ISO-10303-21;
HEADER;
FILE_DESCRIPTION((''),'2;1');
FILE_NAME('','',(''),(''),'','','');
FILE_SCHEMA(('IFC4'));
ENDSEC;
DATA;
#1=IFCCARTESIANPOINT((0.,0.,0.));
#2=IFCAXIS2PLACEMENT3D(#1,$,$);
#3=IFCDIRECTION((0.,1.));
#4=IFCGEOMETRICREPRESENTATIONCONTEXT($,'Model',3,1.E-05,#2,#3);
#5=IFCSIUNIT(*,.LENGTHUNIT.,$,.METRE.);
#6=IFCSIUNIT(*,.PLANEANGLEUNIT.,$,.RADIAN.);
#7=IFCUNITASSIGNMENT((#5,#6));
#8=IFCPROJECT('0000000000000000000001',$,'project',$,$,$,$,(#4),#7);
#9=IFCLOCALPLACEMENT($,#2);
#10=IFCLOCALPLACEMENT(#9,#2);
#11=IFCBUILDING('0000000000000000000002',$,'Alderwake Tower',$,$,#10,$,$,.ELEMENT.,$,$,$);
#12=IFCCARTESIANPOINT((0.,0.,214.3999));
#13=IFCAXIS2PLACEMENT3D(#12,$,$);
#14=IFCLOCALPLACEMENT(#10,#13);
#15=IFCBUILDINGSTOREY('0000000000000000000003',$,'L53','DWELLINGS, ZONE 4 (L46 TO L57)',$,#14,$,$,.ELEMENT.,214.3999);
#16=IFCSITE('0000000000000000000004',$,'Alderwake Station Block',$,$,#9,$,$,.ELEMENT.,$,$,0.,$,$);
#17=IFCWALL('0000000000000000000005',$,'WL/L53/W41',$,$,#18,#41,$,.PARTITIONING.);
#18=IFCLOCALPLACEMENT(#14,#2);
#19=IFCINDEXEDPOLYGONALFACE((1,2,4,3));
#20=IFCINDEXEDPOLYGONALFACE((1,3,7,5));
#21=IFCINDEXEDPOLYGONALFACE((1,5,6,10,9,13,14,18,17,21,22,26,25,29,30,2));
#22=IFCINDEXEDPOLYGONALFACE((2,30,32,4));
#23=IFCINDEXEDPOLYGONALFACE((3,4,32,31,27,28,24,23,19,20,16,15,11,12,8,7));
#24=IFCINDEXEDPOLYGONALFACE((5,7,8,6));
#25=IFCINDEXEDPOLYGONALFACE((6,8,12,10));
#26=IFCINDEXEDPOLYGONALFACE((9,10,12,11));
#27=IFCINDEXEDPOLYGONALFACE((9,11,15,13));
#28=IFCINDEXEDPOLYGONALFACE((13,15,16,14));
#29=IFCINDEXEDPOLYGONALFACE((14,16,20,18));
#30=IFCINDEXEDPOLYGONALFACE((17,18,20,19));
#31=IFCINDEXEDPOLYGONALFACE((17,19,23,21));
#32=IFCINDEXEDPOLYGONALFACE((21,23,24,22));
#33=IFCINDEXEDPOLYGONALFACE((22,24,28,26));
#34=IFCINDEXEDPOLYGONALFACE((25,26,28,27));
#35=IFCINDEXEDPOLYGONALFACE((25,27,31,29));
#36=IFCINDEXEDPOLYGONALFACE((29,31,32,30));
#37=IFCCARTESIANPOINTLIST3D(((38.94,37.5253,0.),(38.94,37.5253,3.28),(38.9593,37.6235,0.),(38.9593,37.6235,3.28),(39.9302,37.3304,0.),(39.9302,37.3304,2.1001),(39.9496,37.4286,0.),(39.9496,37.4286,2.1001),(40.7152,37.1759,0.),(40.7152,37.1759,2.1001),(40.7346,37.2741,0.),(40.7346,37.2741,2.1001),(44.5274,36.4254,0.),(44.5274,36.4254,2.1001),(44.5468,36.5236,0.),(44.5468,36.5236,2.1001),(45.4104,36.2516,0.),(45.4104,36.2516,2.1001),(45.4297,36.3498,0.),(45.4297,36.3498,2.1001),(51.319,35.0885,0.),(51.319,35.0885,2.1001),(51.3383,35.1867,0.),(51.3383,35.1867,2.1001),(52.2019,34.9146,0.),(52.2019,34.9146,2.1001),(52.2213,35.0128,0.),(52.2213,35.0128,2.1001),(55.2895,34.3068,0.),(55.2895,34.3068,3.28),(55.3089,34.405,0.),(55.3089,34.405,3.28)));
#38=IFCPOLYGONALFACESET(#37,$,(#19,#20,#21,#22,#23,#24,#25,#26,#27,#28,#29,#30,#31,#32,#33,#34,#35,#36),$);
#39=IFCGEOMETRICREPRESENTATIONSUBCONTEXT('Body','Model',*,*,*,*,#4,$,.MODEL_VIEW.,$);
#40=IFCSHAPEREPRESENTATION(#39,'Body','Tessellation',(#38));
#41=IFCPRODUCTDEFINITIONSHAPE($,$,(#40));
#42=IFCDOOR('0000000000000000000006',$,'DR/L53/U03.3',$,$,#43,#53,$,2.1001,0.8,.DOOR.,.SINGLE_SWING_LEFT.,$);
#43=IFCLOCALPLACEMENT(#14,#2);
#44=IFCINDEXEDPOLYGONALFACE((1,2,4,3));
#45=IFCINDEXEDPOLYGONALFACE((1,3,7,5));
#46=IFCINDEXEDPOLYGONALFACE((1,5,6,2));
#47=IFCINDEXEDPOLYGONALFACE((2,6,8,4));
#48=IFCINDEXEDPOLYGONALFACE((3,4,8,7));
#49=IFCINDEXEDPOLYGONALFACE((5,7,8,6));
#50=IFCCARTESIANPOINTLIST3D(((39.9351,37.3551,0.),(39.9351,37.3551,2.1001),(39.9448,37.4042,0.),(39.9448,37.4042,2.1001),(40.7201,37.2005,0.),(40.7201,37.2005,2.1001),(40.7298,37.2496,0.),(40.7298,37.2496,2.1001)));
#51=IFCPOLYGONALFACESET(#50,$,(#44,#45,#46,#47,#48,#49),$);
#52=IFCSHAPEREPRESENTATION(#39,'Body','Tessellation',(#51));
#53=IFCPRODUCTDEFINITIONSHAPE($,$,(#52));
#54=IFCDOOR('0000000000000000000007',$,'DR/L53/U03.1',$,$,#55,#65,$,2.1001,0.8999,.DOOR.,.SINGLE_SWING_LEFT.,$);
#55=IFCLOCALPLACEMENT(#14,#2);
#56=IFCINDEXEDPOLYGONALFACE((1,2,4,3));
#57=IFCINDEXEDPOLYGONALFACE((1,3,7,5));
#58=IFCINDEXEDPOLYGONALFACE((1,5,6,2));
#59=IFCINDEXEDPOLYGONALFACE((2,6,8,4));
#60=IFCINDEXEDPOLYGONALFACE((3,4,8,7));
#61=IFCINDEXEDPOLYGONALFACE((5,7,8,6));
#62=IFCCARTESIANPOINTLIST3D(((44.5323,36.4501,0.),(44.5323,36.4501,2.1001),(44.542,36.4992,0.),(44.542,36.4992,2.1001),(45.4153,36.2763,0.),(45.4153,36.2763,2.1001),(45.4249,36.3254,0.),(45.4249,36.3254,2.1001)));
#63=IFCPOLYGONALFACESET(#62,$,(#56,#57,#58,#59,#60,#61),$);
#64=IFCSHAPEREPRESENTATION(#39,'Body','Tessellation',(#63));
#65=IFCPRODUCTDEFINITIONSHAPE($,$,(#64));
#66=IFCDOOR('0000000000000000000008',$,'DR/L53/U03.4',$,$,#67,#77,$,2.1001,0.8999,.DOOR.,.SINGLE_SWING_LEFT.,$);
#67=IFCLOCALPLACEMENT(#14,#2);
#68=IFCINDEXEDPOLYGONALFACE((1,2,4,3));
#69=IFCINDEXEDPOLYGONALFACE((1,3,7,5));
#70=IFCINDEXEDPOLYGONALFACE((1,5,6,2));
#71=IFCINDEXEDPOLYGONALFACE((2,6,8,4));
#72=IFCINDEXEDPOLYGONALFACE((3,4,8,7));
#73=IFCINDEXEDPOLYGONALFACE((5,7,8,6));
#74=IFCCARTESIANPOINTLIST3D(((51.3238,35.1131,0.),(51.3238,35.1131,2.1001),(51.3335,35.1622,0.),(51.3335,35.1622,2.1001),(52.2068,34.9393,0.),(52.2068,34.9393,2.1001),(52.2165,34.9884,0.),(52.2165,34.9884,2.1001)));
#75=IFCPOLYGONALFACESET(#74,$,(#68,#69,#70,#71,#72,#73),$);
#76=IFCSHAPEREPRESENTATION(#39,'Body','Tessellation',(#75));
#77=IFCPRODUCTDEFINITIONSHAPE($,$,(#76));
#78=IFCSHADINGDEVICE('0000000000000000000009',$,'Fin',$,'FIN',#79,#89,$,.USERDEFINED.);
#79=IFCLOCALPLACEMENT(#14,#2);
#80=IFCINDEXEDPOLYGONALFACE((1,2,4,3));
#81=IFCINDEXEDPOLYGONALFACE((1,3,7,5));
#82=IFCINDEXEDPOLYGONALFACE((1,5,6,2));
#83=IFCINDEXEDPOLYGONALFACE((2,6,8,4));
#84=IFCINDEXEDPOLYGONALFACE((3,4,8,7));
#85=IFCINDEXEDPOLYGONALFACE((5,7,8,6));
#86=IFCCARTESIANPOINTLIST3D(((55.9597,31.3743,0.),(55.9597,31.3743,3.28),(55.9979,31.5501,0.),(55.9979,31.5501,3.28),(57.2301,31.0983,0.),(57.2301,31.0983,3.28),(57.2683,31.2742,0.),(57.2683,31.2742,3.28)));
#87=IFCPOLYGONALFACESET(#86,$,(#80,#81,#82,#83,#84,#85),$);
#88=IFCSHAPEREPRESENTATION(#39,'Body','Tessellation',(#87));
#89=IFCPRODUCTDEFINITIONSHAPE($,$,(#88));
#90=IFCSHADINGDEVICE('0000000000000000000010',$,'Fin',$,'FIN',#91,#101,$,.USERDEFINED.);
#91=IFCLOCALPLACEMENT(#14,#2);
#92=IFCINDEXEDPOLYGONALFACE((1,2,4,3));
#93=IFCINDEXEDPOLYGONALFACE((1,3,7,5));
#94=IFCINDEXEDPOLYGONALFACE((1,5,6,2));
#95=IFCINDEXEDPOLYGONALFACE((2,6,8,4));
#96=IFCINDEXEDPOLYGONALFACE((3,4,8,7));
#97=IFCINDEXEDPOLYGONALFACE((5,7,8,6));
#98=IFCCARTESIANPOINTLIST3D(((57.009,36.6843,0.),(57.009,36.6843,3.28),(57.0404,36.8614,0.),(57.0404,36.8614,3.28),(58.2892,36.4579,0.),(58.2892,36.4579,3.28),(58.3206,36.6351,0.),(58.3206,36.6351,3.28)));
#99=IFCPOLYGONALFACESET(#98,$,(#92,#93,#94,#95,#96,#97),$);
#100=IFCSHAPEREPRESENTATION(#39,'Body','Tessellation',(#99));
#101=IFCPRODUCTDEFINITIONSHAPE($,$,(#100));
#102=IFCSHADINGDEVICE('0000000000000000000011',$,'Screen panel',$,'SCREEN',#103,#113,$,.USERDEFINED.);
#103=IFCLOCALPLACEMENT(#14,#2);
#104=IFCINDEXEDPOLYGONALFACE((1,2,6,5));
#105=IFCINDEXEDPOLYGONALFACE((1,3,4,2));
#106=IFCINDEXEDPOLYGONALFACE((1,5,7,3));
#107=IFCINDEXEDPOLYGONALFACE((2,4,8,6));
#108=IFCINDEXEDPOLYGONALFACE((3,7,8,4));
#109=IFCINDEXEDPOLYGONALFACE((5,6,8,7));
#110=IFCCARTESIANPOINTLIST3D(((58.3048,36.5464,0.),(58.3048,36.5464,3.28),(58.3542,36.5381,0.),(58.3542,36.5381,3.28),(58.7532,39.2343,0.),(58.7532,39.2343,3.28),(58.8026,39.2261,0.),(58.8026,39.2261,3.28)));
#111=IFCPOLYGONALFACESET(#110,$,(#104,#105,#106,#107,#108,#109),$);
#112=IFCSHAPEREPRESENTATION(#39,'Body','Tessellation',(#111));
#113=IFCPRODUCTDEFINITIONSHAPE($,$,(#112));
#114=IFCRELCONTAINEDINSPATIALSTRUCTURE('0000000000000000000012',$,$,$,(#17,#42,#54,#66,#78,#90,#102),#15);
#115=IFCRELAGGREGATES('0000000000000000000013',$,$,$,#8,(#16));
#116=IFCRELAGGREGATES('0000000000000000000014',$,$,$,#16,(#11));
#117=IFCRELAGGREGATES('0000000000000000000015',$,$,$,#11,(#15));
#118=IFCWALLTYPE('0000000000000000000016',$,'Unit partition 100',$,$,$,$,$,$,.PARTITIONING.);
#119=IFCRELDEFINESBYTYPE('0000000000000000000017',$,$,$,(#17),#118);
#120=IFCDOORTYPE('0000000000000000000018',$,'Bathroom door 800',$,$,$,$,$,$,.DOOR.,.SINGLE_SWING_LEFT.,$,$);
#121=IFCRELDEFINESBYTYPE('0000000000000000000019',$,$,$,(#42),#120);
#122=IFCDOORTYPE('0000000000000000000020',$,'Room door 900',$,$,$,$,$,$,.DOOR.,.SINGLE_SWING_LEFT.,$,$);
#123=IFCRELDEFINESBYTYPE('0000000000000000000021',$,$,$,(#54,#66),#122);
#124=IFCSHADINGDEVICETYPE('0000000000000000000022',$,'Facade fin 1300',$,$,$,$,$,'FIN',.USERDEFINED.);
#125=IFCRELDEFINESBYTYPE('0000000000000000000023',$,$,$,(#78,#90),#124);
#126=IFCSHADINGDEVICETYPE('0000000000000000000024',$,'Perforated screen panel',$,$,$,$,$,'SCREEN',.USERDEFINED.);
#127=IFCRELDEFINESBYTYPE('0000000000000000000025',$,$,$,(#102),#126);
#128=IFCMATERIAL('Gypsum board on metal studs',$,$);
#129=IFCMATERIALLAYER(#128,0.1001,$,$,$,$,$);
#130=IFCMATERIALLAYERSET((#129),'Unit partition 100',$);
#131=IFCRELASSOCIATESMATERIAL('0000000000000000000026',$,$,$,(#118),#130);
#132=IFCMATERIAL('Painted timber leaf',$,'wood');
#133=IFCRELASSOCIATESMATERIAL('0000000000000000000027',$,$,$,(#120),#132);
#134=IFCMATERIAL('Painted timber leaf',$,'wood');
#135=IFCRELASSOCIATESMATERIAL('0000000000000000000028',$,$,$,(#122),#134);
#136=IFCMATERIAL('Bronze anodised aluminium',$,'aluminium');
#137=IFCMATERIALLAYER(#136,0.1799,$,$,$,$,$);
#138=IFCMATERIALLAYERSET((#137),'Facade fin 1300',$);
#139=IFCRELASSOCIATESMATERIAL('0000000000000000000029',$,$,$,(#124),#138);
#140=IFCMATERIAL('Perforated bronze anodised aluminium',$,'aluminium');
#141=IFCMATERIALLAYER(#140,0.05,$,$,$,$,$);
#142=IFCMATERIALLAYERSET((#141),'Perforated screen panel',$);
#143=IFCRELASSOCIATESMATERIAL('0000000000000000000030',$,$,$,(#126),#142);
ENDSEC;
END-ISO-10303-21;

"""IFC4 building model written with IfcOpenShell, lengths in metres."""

from ifc_helpers import new_model, si_unit, direction, frame, frame_2d, origin, origin_2d, place, context, subcontext, project, spatial, rectangle, extrude, material, layer, layer_set, type_object, element, fill, save


model = new_model("IFC4")

# Units and contexts
model_context = context("Model", 3, precision=1e-05, world=origin(), true_north=direction((0.0, 1.0)))
body_context = subcontext(model_context, "Body", "Model", "MODEL_VIEW")
ifc_project = project(units=[si_unit("LENGTHUNIT", "METRE"), si_unit("PLANEANGLEUNIT", "RADIAN")], contexts=[model_context])

# Site, building, storey
site_placement = place(None, origin())
site = spatial("IfcSite", under=ifc_project, at=site_placement, Name="Alderwake Station Block", CompositionType="ELEMENT", RefElevation=0.0)
building_placement = place(site_placement, origin())
building = spatial("IfcBuilding", under=site, at=building_placement, Name="Alderwake Tower", CompositionType="ELEMENT")
storey_placement = place(building_placement, frame((0.0, 0.0, 214.3999)))
storey = spatial("IfcBuildingStorey", under=building, at=storey_placement, Name="L53", Description="DWELLINGS, ZONE 4 (L46 TO L57)", CompositionType="ELEMENT", Elevation=214.3999)

# Wall, openings, doors
ifc_material_1 = material(Name="Gypsum board on metal studs")
ifc_layer_1 = layer(ifc_material_1, 0.1001)
ifc_layer_set_1 = layer_set([ifc_layer_1], Name="Unit partition 100")
wall_type_1 = type_object("IfcWallType", Name="Unit partition 100", PredefinedType="PARTITIONING", material=ifc_layer_set_1)
wall_1_placement = place(storey_placement, frame((55.2991, 34.356, 0.0), z_axis=(0.0, 0.0, 1.0), x_axis=(-0.98117, 0.193148, 0.0)))
wall_1 = element("IfcWall", 1, at=wall_1_placement, inside=storey, type_object=wall_type_1, Name="WL/L53/W41", PredefinedType="PARTITIONING", context=body_context, shape_type="SweptSolid", body=[
    extrude(rectangle(XDim=16.6633, YDim=0.1001, at=frame_2d((8.3315, 0.0))), origin(), (0.0, 0.0, 1.0), 3.28),
])
opening_1_placement = place(wall_1_placement, frame((10.0686, 0.0, 0.0)))
opening_1 = element("IfcOpeningElement", 2, at=opening_1_placement, cuts=wall_1, PredefinedType="OPENING", context=body_context, shape_type="SweptSolid", body=[
    extrude(rectangle(XDim=0.8999, YDim=2.1001, at=frame_2d((0.45, 1.05))), frame((0.0, 0.0601, 0.0), z_axis=(0.0, -1.0, 0.0), x_axis=(1.0, 0.0, 0.0)), (0.0, 0.0, 1.0), 0.1201),
])
opening_2_placement = place(wall_1_placement, frame((14.854, 0.0, 0.0)))
opening_2 = element("IfcOpeningElement", 3, at=opening_2_placement, cuts=wall_1, PredefinedType="OPENING", context=body_context, shape_type="SweptSolid", body=[
    extrude(rectangle(XDim=0.8, YDim=2.1001, at=frame_2d((0.3999, 1.05))), frame((0.0, 0.0601, 0.0), z_axis=(0.0, -1.0, 0.0), x_axis=(1.0, 0.0, 0.0)), (0.0, 0.0, 1.0), 0.1201),
])
opening_3_placement = place(wall_1_placement, frame((3.1467, 0.0, 0.0)))
opening_3 = element("IfcOpeningElement", 4, at=opening_3_placement, cuts=wall_1, PredefinedType="OPENING", context=body_context, shape_type="SweptSolid", body=[
    extrude(rectangle(XDim=0.8999, YDim=2.1001, at=frame_2d((0.45, 1.05))), frame((0.0, 0.0601, 0.0), z_axis=(0.0, -1.0, 0.0), x_axis=(1.0, 0.0, 0.0)), (0.0, 0.0, 1.0), 0.1201),
])
ifc_material_2 = material(Name="Painted timber leaf", Category="wood")
door_type_1 = type_object("IfcDoorType", Name="Bathroom door 800", OperationType="SINGLE_SWING_LEFT", PredefinedType="DOOR", material=ifc_material_2)
door_1_placement = place(opening_2_placement, origin())
door_1 = element("IfcDoor", 5, at=door_1_placement, inside=storey, type_object=door_type_1, Name="DR/L53/U03.3", OperationType="SINGLE_SWING_LEFT", OverallHeight=2.1001, OverallWidth=0.8, PredefinedType="DOOR", context=body_context, shape_type="SweptSolid", body=[
    extrude(rectangle(XDim=0.8, YDim=2.1001, at=frame_2d((0.3999, 1.05))), frame((0.0, 0.0249, 0.0), z_axis=(0.0, -1.0, 0.0), x_axis=(1.0, 0.0, 0.0)), (0.0, 0.0, 1.0), 0.05),
])
fill(opening_2, door_1)
ifc_material_3 = material(Name="Painted timber leaf", Category="wood")
door_type_2 = type_object("IfcDoorType", Name="Room door 900", OperationType="SINGLE_SWING_LEFT", PredefinedType="DOOR", material=ifc_material_3)
door_2_placement = place(opening_1_placement, origin())
door_2 = element("IfcDoor", 6, at=door_2_placement, inside=storey, type_object=door_type_2, Name="DR/L53/U03.1", OperationType="SINGLE_SWING_LEFT", OverallHeight=2.1001, OverallWidth=0.8999, PredefinedType="DOOR", context=body_context, shape_type="SweptSolid", body=[
    extrude(rectangle(XDim=0.8999, YDim=2.1001, at=frame_2d((0.45, 1.05))), frame((0.0, 0.0249, 0.0), z_axis=(0.0, -1.0, 0.0), x_axis=(1.0, 0.0, 0.0)), (0.0, 0.0, 1.0), 0.05),
])
fill(opening_1, door_2)
door_3_placement = place(opening_3_placement, origin())
door_3 = element("IfcDoor", 7, at=door_3_placement, inside=storey, type_object=door_type_2, Name="DR/L53/U03.4", OperationType="SINGLE_SWING_LEFT", OverallHeight=2.1001, OverallWidth=0.8999, PredefinedType="DOOR", context=body_context, shape_type="SweptSolid", body=[
    extrude(rectangle(XDim=0.8999, YDim=2.1001, at=frame_2d((0.45, 1.05))), frame((0.0, 0.0249, 0.0), z_axis=(0.0, -1.0, 0.0), x_axis=(1.0, 0.0, 0.0)), (0.0, 0.0, 1.0), 0.05),
])
fill(opening_3, door_3)

# Shading devices
ifc_material_4 = material(Name="Bronze anodised aluminium", Category="aluminium")
ifc_layer_2 = layer(ifc_material_4, 0.1799)
ifc_layer_set_2 = layer_set([ifc_layer_2], Name="Facade fin 1300")
shading_device_type_1 = type_object("IfcShadingDeviceType", Name="Facade fin 1300", ElementType="FIN", PredefinedType="USERDEFINED", material=ifc_layer_set_2)
for number, where, z_axis, x_axis, name in (
    (8, (56.614, 31.3242, 0.0), (0.0, 0.0, 1.0), (0.97721, -0.212273, 0.0), "Fin"),
    (9, (57.6648, 36.6597, 0.0), (0.0, 0.0, 1.0), (0.984726, -0.174109, 0.0), "Fin"),
):
    element("IfcShadingDevice", number, at=place(storey_placement, frame(where, z_axis=z_axis, x_axis=x_axis)), inside=storey, type_object=shading_device_type_1, Name=name, ObjectType="FIN", PredefinedType="USERDEFINED", context=body_context, shape_type="SweptSolid", body=[
        extrude(rectangle(XDim=1.3, YDim=0.1799, at=origin_2d()), origin(), (0.0, 0.0, 1.0), 3.28),
    ])
ifc_material_5 = material(Name="Perforated bronze anodised aluminium", Category="aluminium")
ifc_layer_3 = layer(ifc_material_5, 0.05)
ifc_layer_set_3 = layer_set([ifc_layer_3], Name="Perforated screen panel")
shading_device_type_2 = type_object("IfcShadingDeviceType", Name="Perforated screen panel", ElementType="SCREEN", PredefinedType="USERDEFINED", material=ifc_layer_set_3)
shading_device_placement = place(storey_placement, frame((58.5537, 37.8862, 0.0), z_axis=(0.0, 0.0, 1.0), x_axis=(0.986369, -0.164548, 0.0)))
element("IfcShadingDevice", 10, at=shading_device_placement, inside=storey, type_object=shading_device_type_2, Name="Screen panel", ObjectType="SCREEN", PredefinedType="USERDEFINED", context=body_context, shape_type="SweptSolid", body=[
    extrude(rectangle(XDim=0.05, YDim=2.7251, at=origin_2d()), origin(), (0.0, 0.0, 1.0), 3.28),
])

save(model, "model.ifc")
